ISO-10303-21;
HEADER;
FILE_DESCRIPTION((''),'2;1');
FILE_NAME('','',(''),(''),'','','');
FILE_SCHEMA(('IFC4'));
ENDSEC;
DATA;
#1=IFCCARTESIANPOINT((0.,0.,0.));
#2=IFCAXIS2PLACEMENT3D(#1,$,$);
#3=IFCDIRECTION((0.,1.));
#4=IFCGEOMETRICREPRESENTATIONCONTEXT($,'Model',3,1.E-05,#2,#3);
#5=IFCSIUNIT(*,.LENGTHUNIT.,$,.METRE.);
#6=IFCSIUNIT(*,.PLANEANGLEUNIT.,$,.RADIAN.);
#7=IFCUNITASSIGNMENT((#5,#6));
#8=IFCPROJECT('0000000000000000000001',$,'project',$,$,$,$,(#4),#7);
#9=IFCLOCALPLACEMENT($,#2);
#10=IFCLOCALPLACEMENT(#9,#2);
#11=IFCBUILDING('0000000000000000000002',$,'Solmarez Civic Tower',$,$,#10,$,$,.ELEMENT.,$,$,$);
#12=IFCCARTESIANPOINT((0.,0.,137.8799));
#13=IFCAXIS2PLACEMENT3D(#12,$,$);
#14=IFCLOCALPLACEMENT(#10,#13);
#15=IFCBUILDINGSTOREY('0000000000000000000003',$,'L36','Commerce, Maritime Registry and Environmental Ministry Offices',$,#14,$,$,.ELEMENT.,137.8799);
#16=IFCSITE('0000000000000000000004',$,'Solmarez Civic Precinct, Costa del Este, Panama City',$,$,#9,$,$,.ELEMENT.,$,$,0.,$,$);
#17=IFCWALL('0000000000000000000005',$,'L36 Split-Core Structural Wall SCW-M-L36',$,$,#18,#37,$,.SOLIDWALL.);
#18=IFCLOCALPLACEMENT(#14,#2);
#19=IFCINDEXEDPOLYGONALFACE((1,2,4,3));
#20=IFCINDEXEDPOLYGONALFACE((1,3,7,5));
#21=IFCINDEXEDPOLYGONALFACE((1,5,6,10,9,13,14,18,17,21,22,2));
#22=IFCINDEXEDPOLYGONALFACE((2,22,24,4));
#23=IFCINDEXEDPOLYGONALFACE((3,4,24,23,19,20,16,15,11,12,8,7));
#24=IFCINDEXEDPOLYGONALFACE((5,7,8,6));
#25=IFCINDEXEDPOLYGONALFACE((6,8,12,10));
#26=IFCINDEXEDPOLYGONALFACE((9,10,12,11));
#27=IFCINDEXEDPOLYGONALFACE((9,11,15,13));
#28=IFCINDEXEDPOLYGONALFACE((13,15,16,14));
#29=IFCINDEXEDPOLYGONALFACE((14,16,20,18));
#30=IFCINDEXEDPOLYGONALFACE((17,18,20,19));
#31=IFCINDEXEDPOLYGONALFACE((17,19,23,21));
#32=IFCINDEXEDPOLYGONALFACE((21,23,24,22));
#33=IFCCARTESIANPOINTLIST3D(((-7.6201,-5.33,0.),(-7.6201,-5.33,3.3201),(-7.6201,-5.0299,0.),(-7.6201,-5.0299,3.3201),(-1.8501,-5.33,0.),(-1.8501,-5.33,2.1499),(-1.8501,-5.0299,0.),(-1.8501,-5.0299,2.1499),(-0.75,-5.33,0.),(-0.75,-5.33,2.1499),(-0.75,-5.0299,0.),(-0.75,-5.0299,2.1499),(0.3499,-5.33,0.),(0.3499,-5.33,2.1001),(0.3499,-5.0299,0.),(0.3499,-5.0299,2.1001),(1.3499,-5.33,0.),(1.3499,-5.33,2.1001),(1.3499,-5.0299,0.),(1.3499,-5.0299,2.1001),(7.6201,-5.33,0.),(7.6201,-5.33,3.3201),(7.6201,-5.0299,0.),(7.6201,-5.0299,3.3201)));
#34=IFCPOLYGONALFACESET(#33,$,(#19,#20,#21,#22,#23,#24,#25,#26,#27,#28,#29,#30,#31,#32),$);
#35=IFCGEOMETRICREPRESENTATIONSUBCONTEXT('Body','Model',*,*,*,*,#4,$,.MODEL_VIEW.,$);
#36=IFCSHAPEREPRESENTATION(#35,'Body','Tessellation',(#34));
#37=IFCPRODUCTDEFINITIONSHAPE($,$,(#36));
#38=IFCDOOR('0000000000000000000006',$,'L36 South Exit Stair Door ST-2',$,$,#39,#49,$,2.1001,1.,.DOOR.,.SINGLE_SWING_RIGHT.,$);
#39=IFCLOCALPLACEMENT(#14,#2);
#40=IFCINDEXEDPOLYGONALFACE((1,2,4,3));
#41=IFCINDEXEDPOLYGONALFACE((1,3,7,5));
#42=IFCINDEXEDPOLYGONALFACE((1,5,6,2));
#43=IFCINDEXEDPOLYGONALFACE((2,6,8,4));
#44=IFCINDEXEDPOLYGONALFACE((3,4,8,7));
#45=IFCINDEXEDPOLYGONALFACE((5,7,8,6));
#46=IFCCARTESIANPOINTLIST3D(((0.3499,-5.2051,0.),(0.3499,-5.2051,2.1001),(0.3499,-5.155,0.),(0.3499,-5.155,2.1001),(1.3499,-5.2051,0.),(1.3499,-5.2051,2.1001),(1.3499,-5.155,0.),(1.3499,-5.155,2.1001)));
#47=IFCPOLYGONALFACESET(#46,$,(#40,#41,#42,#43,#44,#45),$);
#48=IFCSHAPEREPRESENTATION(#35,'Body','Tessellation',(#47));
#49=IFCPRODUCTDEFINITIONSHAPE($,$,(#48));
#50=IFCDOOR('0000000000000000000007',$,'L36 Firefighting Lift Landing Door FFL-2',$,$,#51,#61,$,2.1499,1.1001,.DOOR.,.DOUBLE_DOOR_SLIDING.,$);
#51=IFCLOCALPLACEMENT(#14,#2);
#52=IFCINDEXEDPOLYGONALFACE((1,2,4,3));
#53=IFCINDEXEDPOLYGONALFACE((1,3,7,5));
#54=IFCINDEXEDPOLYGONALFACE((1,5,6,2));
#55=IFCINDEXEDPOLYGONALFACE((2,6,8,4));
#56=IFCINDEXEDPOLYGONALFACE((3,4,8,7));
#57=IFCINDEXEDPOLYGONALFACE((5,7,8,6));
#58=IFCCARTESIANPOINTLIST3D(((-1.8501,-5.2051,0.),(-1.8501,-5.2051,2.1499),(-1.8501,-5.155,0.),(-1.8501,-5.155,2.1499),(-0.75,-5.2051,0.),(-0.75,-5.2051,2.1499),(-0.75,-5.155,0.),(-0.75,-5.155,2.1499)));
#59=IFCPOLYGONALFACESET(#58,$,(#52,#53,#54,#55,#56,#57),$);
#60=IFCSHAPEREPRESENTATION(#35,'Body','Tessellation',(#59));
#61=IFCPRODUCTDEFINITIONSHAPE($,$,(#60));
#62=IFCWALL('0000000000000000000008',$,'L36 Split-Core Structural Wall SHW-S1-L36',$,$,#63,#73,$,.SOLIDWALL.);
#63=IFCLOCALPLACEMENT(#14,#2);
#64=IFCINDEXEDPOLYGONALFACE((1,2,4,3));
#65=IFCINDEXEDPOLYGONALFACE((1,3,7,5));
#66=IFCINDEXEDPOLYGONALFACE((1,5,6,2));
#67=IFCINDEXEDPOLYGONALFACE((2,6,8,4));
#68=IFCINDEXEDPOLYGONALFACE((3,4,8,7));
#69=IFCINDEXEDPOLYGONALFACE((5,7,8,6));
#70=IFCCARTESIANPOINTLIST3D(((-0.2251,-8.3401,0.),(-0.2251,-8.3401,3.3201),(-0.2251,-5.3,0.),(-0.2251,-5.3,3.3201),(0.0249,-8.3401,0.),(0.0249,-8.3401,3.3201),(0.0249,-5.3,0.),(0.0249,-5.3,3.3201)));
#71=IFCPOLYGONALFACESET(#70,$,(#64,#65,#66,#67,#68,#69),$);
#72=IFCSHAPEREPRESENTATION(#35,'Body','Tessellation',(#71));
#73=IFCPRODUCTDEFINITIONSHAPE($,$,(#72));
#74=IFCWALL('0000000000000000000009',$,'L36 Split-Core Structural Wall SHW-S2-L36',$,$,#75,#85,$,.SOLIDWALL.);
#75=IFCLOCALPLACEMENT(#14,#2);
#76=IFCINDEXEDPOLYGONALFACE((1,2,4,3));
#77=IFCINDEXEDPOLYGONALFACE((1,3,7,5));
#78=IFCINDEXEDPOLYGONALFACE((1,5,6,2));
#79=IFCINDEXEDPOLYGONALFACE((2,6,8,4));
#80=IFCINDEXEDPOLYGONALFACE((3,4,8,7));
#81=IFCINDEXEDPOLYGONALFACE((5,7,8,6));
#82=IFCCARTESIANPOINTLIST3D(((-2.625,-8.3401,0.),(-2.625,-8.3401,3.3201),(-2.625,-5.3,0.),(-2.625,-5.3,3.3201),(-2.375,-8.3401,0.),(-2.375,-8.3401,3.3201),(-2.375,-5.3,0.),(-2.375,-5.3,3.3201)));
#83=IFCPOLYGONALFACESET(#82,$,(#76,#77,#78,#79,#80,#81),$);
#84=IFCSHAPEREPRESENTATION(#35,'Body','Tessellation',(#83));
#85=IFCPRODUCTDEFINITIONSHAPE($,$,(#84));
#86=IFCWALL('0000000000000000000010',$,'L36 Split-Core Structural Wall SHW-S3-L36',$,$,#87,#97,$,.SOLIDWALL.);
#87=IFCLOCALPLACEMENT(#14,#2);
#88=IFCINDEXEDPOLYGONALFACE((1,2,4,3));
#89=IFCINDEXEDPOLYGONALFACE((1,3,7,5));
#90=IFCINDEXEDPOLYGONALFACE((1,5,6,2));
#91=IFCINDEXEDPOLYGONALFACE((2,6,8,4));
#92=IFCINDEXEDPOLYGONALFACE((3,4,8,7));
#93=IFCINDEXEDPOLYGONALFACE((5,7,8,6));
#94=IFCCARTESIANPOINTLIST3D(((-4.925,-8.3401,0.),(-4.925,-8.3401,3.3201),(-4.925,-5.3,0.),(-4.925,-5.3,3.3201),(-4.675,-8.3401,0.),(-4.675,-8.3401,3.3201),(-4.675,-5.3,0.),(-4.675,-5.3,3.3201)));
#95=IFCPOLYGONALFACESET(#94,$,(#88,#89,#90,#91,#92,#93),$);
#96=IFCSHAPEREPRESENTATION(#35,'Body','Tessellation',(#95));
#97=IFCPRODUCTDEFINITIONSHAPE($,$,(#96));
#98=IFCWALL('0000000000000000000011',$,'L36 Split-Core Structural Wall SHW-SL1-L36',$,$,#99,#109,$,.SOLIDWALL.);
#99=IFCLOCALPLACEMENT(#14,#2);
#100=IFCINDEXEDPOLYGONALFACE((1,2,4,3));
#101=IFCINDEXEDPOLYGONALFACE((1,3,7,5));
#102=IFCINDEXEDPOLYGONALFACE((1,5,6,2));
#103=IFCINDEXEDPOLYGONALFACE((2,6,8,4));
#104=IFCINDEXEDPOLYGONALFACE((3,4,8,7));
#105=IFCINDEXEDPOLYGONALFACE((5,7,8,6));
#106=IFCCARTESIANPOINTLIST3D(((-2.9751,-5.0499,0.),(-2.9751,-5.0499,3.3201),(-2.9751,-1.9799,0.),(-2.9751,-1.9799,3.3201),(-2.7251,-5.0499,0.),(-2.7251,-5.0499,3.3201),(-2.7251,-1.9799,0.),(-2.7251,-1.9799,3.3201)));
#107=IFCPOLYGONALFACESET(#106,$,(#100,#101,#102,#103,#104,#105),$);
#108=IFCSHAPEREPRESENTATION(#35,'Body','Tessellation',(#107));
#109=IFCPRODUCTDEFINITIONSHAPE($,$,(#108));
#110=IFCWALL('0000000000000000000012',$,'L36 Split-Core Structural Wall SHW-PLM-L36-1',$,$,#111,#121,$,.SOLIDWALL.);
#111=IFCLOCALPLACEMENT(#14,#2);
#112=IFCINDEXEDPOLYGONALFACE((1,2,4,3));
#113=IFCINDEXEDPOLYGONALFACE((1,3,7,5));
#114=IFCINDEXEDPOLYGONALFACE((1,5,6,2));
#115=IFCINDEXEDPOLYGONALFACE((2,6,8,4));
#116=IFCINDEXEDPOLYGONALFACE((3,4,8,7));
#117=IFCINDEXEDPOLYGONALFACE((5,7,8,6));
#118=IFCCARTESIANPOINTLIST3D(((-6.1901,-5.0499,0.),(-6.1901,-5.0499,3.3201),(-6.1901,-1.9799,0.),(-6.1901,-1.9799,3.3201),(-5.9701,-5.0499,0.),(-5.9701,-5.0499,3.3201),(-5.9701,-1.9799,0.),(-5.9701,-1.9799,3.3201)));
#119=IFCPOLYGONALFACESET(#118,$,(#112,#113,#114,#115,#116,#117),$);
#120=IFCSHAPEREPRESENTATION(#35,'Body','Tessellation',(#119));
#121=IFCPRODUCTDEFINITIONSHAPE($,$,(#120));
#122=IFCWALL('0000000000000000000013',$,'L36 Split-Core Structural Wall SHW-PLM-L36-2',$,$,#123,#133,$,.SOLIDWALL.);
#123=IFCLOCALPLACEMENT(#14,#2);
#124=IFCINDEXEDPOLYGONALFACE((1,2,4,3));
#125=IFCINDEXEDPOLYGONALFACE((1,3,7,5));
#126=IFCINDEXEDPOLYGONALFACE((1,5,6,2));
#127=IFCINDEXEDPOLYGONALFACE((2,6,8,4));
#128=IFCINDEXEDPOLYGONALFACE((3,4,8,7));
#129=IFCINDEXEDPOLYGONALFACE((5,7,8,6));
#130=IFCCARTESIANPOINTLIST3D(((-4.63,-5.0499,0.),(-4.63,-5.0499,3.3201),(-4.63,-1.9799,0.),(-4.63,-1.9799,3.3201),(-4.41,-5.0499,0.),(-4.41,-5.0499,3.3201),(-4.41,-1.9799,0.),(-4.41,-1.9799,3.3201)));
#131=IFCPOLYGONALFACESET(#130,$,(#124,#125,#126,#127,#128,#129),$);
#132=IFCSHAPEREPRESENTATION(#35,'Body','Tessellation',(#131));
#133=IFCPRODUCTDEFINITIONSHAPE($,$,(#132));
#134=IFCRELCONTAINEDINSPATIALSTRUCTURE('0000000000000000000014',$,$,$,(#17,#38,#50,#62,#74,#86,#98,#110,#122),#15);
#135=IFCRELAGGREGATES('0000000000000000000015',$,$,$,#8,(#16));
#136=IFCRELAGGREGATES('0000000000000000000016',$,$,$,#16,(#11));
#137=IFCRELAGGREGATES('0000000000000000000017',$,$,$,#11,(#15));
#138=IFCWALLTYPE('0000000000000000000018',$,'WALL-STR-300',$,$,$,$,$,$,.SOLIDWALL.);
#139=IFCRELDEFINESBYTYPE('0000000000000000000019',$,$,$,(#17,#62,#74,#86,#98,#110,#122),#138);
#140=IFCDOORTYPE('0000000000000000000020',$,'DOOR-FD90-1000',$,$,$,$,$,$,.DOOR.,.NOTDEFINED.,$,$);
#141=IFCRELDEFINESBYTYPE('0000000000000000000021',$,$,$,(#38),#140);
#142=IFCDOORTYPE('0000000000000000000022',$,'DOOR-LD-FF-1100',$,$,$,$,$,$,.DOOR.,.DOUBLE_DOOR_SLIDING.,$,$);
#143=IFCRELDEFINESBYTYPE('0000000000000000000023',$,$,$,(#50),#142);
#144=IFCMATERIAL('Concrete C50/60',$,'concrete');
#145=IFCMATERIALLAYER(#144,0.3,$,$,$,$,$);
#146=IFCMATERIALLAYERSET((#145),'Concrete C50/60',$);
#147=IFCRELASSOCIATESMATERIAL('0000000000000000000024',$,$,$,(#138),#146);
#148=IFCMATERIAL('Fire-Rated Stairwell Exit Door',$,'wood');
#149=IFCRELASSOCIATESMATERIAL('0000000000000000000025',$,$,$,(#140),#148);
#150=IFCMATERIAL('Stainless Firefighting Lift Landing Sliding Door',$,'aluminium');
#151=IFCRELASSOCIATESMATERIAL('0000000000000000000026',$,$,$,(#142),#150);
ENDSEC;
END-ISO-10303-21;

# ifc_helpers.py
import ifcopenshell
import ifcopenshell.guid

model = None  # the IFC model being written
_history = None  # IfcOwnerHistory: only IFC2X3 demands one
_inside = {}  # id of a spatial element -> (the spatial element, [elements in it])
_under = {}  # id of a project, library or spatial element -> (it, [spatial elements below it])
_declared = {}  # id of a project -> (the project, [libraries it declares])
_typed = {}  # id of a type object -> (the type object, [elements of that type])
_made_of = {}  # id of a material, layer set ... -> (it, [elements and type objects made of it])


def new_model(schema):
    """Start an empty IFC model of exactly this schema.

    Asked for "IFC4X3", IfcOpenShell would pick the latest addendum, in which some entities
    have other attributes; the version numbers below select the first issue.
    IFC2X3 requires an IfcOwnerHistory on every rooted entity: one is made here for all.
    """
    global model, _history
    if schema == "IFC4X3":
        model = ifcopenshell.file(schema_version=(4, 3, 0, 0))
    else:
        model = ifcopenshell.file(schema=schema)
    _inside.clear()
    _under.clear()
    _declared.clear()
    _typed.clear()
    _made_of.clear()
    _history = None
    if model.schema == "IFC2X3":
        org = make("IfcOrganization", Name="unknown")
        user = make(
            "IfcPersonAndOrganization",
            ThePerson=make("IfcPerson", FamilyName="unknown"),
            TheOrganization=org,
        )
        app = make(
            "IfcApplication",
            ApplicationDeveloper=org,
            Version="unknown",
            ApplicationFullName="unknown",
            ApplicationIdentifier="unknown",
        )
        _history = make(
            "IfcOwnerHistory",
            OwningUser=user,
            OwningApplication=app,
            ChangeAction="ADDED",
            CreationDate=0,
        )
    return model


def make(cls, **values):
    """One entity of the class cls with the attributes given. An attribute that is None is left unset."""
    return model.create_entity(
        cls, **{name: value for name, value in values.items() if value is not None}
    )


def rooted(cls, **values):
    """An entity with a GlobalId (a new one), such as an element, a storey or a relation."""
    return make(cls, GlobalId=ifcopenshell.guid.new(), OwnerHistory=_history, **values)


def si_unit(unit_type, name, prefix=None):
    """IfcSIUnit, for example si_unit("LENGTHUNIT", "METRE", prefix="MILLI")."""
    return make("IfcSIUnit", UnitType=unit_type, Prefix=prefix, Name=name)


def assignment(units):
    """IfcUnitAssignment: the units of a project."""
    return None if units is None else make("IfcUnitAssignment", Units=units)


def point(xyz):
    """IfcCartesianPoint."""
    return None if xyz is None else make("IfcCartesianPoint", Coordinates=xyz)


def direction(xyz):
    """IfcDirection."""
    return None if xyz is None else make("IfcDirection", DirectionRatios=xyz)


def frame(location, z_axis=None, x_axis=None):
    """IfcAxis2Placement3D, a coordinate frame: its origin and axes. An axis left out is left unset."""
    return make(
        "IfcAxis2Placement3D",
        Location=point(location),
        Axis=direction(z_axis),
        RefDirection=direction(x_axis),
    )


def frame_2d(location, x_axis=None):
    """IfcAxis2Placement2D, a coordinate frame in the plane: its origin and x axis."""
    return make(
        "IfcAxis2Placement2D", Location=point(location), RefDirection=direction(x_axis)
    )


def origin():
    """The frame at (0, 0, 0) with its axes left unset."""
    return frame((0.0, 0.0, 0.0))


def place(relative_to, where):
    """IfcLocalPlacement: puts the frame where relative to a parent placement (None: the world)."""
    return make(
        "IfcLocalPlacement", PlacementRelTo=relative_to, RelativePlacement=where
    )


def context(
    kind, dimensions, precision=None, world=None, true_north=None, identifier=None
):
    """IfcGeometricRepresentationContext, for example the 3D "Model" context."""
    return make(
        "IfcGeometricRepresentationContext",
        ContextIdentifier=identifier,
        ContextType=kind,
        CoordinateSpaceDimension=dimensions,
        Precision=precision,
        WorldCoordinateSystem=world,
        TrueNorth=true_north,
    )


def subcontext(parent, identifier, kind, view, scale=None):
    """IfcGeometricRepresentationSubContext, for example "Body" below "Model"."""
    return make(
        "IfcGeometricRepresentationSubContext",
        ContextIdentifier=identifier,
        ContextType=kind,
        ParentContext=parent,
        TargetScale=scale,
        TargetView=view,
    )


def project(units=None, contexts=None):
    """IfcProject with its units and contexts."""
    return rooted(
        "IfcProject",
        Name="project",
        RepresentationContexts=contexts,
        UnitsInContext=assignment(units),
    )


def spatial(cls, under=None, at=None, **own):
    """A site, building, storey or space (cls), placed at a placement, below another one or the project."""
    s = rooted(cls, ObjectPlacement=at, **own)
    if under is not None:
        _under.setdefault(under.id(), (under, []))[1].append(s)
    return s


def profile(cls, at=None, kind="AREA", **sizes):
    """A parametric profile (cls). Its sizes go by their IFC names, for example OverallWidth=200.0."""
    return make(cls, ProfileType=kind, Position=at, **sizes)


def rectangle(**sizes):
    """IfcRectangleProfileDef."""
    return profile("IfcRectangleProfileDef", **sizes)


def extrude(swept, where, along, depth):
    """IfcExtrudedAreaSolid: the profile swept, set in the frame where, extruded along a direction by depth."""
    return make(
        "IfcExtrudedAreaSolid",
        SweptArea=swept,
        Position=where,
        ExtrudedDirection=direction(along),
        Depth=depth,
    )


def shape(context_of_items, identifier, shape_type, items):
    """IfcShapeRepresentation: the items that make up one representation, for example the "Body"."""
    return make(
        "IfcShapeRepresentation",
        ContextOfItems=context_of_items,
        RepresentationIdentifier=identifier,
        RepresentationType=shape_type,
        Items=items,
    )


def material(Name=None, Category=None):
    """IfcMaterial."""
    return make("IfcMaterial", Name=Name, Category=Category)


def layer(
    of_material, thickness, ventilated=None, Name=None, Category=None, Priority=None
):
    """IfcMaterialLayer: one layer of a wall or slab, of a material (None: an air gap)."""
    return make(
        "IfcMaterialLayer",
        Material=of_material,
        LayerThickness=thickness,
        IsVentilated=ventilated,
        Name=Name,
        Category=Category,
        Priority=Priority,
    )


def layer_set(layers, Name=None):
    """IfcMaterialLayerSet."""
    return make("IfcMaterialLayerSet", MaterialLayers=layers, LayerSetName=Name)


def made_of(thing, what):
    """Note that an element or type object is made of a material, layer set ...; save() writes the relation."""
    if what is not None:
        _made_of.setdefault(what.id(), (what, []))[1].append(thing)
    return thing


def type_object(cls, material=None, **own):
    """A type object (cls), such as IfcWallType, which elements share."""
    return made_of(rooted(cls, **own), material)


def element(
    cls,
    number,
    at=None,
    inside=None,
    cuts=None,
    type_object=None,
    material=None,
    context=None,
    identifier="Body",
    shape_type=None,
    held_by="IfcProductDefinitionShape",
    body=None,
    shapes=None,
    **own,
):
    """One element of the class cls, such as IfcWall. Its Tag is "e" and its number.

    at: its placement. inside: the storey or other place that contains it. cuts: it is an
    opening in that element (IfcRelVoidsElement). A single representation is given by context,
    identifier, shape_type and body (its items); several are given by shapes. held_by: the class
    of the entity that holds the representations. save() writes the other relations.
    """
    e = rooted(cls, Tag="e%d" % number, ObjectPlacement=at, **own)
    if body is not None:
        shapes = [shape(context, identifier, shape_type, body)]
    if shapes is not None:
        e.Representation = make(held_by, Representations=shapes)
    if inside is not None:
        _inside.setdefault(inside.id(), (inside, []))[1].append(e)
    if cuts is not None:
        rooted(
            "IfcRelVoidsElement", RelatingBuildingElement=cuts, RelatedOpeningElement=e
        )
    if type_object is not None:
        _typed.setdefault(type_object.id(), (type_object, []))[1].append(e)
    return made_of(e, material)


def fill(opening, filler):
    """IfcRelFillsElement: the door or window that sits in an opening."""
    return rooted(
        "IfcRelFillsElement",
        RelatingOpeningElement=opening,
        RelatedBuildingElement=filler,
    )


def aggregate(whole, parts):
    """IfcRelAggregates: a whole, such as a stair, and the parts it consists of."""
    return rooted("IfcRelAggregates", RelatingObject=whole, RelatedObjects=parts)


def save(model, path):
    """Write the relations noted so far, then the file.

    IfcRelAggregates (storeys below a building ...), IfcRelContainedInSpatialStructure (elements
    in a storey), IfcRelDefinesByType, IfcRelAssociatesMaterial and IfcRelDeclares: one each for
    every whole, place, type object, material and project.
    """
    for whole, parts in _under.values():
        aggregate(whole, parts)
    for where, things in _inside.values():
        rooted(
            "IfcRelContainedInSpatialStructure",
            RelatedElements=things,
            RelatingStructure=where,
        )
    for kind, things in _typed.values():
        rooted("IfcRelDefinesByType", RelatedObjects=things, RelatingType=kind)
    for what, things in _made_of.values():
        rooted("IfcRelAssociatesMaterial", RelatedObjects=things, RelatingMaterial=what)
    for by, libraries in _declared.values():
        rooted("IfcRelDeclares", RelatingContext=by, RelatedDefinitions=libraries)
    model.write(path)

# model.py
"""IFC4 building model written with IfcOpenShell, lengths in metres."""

from ifc_helpers import new_model, si_unit, direction, frame, frame_2d, origin, place, context, subcontext, project, spatial, rectangle, extrude, material, layer, layer_set, type_object, element, fill, save


model = new_model("IFC4")

# Units and contexts
model_context = context("Model", 3, precision=1e-05, world=origin(), true_north=direction((0.0, 1.0)))
body_context = subcontext(model_context, "Body", "Model", "MODEL_VIEW")
ifc_project = project(units=[si_unit("LENGTHUNIT", "METRE"), si_unit("PLANEANGLEUNIT", "RADIAN")], contexts=[model_context])

# Site, building, storey
site_placement = place(None, origin())
site = spatial("IfcSite", under=ifc_project, at=site_placement, Name="Solmarez Civic Precinct, Costa del Este, Panama City", CompositionType="ELEMENT", RefElevation=0.0)
building_placement = place(site_placement, origin())
building = spatial("IfcBuilding", under=site, at=building_placement, Name="Solmarez Civic Tower", CompositionType="ELEMENT")
storey_placement = place(building_placement, frame((0.0, 0.0, 137.8799)))
storey = spatial("IfcBuildingStorey", under=building, at=storey_placement, Name="L36", Description="Commerce, Maritime Registry and Environmental Ministry Offices", CompositionType="ELEMENT", Elevation=137.8799)

# Shared definitions
ifc_material_1 = material(Name="Concrete C50/60", Category="concrete")

# Wall, openings, doors
ifc_layer_1 = layer(ifc_material_1, 0.3)
ifc_layer_set_1 = layer_set([ifc_layer_1], Name="Concrete C50/60")
wall_type_1 = type_object("IfcWallType", Name="WALL-STR-300", PredefinedType="SOLIDWALL", material=ifc_layer_set_1)
wall_1_placement = place(storey_placement, frame((-7.6201, -5.1799, 0.0), z_axis=(0.0, 0.0, 1.0), x_axis=(1.0, 0.0, 0.0)))
wall_1 = element("IfcWall", 1, at=wall_1_placement, inside=storey, type_object=wall_type_1, Name="L36 Split-Core Structural Wall SCW-M-L36", PredefinedType="SOLIDWALL", context=body_context, shape_type="SweptSolid", body=[
    extrude(rectangle(XDim=15.2402, YDim=0.3, at=frame_2d((7.6201, 0.0))), origin(), (0.0, 0.0, 1.0), 3.3201),
])
opening_1_placement = place(wall_1_placement, frame((5.77, 0.0, 0.0)))
opening_1 = element("IfcOpeningElement", 2, at=opening_1_placement, cuts=wall_1, PredefinedType="OPENING", context=body_context, shape_type="SweptSolid", body=[
    extrude(rectangle(XDim=1.1001, YDim=2.1499, at=frame_2d((0.55, 1.075))), frame((0.0, 0.1599, 0.0), z_axis=(0.0, -1.0, 0.0), x_axis=(1.0, 0.0, 0.0)), (0.0, 0.0, 1.0), 0.3201),
])
opening_2_placement = place(wall_1_placement, frame((7.97, 0.0, 0.0)))
opening_2 = element("IfcOpeningElement", 3, at=opening_2_placement, cuts=wall_1, PredefinedType="OPENING", context=body_context, shape_type="SweptSolid", body=[
    extrude(rectangle(XDim=1.0, YDim=2.1001, at=frame_2d((0.5, 1.05))), frame((0.0, 0.1599, 0.0), z_axis=(0.0, -1.0, 0.0), x_axis=(1.0, 0.0, 0.0)), (0.0, 0.0, 1.0), 0.3201),
])
ifc_material_2 = material(Name="Fire-Rated Stairwell Exit Door", Category="wood")
door_type_1 = type_object("IfcDoorType", Name="DOOR-FD90-1000", OperationType="NOTDEFINED", PredefinedType="DOOR", material=ifc_material_2)
door_1_placement = place(opening_2_placement, origin())
door_1 = element("IfcDoor", 4, at=door_1_placement, inside=storey, type_object=door_type_1, Name="L36 South Exit Stair Door ST-2", OperationType="SINGLE_SWING_RIGHT", OverallHeight=2.1001, OverallWidth=1.0, PredefinedType="DOOR", context=body_context, shape_type="SweptSolid", body=[
    extrude(rectangle(XDim=1.0, YDim=2.1001, at=frame_2d((0.5, 1.05))), frame((0.0, 0.0249, 0.0), z_axis=(0.0, -1.0, 0.0), x_axis=(1.0, 0.0, 0.0)), (0.0, 0.0, 1.0), 0.05),
])
fill(opening_2, door_1)
ifc_material_3 = material(Name="Stainless Firefighting Lift Landing Sliding Door", Category="aluminium")
door_type_2 = type_object("IfcDoorType", Name="DOOR-LD-FF-1100", OperationType="DOUBLE_DOOR_SLIDING", PredefinedType="DOOR", material=ifc_material_3)
door_2_placement = place(opening_1_placement, origin())
door_2 = element("IfcDoor", 5, at=door_2_placement, inside=storey, type_object=door_type_2, Name="L36 Firefighting Lift Landing Door FFL-2", OperationType="DOUBLE_DOOR_SLIDING", OverallHeight=2.1499, OverallWidth=1.1001, PredefinedType="DOOR", context=body_context, shape_type="SweptSolid", body=[
    extrude(rectangle(XDim=1.1001, YDim=2.1499, at=frame_2d((0.55, 1.075))), frame((0.0, 0.0249, 0.0), z_axis=(0.0, -1.0, 0.0), x_axis=(1.0, 0.0, 0.0)), (0.0, 0.0, 1.0), 0.05),
])
fill(opening_1, door_2)

# Walls
for number, where, z_axis, x_axis, name in (
    (6, (-0.1001, -8.3401, 0.0), (0.0, 0.0, 1.0), (0.0, 1.0, 0.0), "L36 Split-Core Structural Wall SHW-S1-L36"),
    (7, (-2.5, -8.3401, 0.0), (0.0, 0.0, 1.0), (0.0, 1.0, 0.0), "L36 Split-Core Structural Wall SHW-S2-L36"),
    (8, (-4.8, -8.3401, 0.0), (0.0, 0.0, 1.0), (0.0, 1.0, 0.0), "L36 Split-Core Structural Wall SHW-S3-L36"),
):
    element("IfcWall", number, at=place(storey_placement, frame(where, z_axis=z_axis, x_axis=x_axis)), inside=storey, type_object=wall_type_1, Name=name, PredefinedType="SOLIDWALL", context=body_context, shape_type="SweptSolid", body=[
        extrude(rectangle(XDim=3.04, YDim=0.25, at=frame_2d((1.52, 0.0))), origin(), (0.0, 0.0, 1.0), 3.3201),
    ])
wall_2_placement = place(storey_placement, frame((-2.8501, -5.05, 0.0), z_axis=(0.0, 0.0, 1.0), x_axis=(0.0, 1.0, 0.0)))
element("IfcWall", 9, at=wall_2_placement, inside=storey, type_object=wall_type_1, Name="L36 Split-Core Structural Wall SHW-SL1-L36", PredefinedType="SOLIDWALL", context=body_context, shape_type="SweptSolid", body=[
    extrude(rectangle(XDim=3.0701, YDim=0.25, at=frame_2d((1.5352, 0.0))), origin(), (0.0, 0.0, 1.0), 3.3201),
])
for number, where, z_axis, x_axis, name in (
    (10, (-6.0801, -5.05, 0.0), (0.0, 0.0, 1.0), (0.0, 1.0, 0.0), "L36 Split-Core Structural Wall SHW-PLM-L36-1"),
    (11, (-4.52, -5.05, 0.0), (0.0, 0.0, 1.0), (0.0, 1.0, 0.0), "L36 Split-Core Structural Wall SHW-PLM-L36-2"),
):
    element("IfcWall", number, at=place(storey_placement, frame(where, z_axis=z_axis, x_axis=x_axis)), inside=storey, type_object=wall_type_1, Name=name, PredefinedType="SOLIDWALL", context=body_context, shape_type="SweptSolid", body=[
        extrude(rectangle(XDim=3.0701, YDim=0.22, at=frame_2d((1.5352, 0.0))), origin(), (0.0, 0.0, 1.0), 3.3201),
    ])

save(model, "model.ifc")
